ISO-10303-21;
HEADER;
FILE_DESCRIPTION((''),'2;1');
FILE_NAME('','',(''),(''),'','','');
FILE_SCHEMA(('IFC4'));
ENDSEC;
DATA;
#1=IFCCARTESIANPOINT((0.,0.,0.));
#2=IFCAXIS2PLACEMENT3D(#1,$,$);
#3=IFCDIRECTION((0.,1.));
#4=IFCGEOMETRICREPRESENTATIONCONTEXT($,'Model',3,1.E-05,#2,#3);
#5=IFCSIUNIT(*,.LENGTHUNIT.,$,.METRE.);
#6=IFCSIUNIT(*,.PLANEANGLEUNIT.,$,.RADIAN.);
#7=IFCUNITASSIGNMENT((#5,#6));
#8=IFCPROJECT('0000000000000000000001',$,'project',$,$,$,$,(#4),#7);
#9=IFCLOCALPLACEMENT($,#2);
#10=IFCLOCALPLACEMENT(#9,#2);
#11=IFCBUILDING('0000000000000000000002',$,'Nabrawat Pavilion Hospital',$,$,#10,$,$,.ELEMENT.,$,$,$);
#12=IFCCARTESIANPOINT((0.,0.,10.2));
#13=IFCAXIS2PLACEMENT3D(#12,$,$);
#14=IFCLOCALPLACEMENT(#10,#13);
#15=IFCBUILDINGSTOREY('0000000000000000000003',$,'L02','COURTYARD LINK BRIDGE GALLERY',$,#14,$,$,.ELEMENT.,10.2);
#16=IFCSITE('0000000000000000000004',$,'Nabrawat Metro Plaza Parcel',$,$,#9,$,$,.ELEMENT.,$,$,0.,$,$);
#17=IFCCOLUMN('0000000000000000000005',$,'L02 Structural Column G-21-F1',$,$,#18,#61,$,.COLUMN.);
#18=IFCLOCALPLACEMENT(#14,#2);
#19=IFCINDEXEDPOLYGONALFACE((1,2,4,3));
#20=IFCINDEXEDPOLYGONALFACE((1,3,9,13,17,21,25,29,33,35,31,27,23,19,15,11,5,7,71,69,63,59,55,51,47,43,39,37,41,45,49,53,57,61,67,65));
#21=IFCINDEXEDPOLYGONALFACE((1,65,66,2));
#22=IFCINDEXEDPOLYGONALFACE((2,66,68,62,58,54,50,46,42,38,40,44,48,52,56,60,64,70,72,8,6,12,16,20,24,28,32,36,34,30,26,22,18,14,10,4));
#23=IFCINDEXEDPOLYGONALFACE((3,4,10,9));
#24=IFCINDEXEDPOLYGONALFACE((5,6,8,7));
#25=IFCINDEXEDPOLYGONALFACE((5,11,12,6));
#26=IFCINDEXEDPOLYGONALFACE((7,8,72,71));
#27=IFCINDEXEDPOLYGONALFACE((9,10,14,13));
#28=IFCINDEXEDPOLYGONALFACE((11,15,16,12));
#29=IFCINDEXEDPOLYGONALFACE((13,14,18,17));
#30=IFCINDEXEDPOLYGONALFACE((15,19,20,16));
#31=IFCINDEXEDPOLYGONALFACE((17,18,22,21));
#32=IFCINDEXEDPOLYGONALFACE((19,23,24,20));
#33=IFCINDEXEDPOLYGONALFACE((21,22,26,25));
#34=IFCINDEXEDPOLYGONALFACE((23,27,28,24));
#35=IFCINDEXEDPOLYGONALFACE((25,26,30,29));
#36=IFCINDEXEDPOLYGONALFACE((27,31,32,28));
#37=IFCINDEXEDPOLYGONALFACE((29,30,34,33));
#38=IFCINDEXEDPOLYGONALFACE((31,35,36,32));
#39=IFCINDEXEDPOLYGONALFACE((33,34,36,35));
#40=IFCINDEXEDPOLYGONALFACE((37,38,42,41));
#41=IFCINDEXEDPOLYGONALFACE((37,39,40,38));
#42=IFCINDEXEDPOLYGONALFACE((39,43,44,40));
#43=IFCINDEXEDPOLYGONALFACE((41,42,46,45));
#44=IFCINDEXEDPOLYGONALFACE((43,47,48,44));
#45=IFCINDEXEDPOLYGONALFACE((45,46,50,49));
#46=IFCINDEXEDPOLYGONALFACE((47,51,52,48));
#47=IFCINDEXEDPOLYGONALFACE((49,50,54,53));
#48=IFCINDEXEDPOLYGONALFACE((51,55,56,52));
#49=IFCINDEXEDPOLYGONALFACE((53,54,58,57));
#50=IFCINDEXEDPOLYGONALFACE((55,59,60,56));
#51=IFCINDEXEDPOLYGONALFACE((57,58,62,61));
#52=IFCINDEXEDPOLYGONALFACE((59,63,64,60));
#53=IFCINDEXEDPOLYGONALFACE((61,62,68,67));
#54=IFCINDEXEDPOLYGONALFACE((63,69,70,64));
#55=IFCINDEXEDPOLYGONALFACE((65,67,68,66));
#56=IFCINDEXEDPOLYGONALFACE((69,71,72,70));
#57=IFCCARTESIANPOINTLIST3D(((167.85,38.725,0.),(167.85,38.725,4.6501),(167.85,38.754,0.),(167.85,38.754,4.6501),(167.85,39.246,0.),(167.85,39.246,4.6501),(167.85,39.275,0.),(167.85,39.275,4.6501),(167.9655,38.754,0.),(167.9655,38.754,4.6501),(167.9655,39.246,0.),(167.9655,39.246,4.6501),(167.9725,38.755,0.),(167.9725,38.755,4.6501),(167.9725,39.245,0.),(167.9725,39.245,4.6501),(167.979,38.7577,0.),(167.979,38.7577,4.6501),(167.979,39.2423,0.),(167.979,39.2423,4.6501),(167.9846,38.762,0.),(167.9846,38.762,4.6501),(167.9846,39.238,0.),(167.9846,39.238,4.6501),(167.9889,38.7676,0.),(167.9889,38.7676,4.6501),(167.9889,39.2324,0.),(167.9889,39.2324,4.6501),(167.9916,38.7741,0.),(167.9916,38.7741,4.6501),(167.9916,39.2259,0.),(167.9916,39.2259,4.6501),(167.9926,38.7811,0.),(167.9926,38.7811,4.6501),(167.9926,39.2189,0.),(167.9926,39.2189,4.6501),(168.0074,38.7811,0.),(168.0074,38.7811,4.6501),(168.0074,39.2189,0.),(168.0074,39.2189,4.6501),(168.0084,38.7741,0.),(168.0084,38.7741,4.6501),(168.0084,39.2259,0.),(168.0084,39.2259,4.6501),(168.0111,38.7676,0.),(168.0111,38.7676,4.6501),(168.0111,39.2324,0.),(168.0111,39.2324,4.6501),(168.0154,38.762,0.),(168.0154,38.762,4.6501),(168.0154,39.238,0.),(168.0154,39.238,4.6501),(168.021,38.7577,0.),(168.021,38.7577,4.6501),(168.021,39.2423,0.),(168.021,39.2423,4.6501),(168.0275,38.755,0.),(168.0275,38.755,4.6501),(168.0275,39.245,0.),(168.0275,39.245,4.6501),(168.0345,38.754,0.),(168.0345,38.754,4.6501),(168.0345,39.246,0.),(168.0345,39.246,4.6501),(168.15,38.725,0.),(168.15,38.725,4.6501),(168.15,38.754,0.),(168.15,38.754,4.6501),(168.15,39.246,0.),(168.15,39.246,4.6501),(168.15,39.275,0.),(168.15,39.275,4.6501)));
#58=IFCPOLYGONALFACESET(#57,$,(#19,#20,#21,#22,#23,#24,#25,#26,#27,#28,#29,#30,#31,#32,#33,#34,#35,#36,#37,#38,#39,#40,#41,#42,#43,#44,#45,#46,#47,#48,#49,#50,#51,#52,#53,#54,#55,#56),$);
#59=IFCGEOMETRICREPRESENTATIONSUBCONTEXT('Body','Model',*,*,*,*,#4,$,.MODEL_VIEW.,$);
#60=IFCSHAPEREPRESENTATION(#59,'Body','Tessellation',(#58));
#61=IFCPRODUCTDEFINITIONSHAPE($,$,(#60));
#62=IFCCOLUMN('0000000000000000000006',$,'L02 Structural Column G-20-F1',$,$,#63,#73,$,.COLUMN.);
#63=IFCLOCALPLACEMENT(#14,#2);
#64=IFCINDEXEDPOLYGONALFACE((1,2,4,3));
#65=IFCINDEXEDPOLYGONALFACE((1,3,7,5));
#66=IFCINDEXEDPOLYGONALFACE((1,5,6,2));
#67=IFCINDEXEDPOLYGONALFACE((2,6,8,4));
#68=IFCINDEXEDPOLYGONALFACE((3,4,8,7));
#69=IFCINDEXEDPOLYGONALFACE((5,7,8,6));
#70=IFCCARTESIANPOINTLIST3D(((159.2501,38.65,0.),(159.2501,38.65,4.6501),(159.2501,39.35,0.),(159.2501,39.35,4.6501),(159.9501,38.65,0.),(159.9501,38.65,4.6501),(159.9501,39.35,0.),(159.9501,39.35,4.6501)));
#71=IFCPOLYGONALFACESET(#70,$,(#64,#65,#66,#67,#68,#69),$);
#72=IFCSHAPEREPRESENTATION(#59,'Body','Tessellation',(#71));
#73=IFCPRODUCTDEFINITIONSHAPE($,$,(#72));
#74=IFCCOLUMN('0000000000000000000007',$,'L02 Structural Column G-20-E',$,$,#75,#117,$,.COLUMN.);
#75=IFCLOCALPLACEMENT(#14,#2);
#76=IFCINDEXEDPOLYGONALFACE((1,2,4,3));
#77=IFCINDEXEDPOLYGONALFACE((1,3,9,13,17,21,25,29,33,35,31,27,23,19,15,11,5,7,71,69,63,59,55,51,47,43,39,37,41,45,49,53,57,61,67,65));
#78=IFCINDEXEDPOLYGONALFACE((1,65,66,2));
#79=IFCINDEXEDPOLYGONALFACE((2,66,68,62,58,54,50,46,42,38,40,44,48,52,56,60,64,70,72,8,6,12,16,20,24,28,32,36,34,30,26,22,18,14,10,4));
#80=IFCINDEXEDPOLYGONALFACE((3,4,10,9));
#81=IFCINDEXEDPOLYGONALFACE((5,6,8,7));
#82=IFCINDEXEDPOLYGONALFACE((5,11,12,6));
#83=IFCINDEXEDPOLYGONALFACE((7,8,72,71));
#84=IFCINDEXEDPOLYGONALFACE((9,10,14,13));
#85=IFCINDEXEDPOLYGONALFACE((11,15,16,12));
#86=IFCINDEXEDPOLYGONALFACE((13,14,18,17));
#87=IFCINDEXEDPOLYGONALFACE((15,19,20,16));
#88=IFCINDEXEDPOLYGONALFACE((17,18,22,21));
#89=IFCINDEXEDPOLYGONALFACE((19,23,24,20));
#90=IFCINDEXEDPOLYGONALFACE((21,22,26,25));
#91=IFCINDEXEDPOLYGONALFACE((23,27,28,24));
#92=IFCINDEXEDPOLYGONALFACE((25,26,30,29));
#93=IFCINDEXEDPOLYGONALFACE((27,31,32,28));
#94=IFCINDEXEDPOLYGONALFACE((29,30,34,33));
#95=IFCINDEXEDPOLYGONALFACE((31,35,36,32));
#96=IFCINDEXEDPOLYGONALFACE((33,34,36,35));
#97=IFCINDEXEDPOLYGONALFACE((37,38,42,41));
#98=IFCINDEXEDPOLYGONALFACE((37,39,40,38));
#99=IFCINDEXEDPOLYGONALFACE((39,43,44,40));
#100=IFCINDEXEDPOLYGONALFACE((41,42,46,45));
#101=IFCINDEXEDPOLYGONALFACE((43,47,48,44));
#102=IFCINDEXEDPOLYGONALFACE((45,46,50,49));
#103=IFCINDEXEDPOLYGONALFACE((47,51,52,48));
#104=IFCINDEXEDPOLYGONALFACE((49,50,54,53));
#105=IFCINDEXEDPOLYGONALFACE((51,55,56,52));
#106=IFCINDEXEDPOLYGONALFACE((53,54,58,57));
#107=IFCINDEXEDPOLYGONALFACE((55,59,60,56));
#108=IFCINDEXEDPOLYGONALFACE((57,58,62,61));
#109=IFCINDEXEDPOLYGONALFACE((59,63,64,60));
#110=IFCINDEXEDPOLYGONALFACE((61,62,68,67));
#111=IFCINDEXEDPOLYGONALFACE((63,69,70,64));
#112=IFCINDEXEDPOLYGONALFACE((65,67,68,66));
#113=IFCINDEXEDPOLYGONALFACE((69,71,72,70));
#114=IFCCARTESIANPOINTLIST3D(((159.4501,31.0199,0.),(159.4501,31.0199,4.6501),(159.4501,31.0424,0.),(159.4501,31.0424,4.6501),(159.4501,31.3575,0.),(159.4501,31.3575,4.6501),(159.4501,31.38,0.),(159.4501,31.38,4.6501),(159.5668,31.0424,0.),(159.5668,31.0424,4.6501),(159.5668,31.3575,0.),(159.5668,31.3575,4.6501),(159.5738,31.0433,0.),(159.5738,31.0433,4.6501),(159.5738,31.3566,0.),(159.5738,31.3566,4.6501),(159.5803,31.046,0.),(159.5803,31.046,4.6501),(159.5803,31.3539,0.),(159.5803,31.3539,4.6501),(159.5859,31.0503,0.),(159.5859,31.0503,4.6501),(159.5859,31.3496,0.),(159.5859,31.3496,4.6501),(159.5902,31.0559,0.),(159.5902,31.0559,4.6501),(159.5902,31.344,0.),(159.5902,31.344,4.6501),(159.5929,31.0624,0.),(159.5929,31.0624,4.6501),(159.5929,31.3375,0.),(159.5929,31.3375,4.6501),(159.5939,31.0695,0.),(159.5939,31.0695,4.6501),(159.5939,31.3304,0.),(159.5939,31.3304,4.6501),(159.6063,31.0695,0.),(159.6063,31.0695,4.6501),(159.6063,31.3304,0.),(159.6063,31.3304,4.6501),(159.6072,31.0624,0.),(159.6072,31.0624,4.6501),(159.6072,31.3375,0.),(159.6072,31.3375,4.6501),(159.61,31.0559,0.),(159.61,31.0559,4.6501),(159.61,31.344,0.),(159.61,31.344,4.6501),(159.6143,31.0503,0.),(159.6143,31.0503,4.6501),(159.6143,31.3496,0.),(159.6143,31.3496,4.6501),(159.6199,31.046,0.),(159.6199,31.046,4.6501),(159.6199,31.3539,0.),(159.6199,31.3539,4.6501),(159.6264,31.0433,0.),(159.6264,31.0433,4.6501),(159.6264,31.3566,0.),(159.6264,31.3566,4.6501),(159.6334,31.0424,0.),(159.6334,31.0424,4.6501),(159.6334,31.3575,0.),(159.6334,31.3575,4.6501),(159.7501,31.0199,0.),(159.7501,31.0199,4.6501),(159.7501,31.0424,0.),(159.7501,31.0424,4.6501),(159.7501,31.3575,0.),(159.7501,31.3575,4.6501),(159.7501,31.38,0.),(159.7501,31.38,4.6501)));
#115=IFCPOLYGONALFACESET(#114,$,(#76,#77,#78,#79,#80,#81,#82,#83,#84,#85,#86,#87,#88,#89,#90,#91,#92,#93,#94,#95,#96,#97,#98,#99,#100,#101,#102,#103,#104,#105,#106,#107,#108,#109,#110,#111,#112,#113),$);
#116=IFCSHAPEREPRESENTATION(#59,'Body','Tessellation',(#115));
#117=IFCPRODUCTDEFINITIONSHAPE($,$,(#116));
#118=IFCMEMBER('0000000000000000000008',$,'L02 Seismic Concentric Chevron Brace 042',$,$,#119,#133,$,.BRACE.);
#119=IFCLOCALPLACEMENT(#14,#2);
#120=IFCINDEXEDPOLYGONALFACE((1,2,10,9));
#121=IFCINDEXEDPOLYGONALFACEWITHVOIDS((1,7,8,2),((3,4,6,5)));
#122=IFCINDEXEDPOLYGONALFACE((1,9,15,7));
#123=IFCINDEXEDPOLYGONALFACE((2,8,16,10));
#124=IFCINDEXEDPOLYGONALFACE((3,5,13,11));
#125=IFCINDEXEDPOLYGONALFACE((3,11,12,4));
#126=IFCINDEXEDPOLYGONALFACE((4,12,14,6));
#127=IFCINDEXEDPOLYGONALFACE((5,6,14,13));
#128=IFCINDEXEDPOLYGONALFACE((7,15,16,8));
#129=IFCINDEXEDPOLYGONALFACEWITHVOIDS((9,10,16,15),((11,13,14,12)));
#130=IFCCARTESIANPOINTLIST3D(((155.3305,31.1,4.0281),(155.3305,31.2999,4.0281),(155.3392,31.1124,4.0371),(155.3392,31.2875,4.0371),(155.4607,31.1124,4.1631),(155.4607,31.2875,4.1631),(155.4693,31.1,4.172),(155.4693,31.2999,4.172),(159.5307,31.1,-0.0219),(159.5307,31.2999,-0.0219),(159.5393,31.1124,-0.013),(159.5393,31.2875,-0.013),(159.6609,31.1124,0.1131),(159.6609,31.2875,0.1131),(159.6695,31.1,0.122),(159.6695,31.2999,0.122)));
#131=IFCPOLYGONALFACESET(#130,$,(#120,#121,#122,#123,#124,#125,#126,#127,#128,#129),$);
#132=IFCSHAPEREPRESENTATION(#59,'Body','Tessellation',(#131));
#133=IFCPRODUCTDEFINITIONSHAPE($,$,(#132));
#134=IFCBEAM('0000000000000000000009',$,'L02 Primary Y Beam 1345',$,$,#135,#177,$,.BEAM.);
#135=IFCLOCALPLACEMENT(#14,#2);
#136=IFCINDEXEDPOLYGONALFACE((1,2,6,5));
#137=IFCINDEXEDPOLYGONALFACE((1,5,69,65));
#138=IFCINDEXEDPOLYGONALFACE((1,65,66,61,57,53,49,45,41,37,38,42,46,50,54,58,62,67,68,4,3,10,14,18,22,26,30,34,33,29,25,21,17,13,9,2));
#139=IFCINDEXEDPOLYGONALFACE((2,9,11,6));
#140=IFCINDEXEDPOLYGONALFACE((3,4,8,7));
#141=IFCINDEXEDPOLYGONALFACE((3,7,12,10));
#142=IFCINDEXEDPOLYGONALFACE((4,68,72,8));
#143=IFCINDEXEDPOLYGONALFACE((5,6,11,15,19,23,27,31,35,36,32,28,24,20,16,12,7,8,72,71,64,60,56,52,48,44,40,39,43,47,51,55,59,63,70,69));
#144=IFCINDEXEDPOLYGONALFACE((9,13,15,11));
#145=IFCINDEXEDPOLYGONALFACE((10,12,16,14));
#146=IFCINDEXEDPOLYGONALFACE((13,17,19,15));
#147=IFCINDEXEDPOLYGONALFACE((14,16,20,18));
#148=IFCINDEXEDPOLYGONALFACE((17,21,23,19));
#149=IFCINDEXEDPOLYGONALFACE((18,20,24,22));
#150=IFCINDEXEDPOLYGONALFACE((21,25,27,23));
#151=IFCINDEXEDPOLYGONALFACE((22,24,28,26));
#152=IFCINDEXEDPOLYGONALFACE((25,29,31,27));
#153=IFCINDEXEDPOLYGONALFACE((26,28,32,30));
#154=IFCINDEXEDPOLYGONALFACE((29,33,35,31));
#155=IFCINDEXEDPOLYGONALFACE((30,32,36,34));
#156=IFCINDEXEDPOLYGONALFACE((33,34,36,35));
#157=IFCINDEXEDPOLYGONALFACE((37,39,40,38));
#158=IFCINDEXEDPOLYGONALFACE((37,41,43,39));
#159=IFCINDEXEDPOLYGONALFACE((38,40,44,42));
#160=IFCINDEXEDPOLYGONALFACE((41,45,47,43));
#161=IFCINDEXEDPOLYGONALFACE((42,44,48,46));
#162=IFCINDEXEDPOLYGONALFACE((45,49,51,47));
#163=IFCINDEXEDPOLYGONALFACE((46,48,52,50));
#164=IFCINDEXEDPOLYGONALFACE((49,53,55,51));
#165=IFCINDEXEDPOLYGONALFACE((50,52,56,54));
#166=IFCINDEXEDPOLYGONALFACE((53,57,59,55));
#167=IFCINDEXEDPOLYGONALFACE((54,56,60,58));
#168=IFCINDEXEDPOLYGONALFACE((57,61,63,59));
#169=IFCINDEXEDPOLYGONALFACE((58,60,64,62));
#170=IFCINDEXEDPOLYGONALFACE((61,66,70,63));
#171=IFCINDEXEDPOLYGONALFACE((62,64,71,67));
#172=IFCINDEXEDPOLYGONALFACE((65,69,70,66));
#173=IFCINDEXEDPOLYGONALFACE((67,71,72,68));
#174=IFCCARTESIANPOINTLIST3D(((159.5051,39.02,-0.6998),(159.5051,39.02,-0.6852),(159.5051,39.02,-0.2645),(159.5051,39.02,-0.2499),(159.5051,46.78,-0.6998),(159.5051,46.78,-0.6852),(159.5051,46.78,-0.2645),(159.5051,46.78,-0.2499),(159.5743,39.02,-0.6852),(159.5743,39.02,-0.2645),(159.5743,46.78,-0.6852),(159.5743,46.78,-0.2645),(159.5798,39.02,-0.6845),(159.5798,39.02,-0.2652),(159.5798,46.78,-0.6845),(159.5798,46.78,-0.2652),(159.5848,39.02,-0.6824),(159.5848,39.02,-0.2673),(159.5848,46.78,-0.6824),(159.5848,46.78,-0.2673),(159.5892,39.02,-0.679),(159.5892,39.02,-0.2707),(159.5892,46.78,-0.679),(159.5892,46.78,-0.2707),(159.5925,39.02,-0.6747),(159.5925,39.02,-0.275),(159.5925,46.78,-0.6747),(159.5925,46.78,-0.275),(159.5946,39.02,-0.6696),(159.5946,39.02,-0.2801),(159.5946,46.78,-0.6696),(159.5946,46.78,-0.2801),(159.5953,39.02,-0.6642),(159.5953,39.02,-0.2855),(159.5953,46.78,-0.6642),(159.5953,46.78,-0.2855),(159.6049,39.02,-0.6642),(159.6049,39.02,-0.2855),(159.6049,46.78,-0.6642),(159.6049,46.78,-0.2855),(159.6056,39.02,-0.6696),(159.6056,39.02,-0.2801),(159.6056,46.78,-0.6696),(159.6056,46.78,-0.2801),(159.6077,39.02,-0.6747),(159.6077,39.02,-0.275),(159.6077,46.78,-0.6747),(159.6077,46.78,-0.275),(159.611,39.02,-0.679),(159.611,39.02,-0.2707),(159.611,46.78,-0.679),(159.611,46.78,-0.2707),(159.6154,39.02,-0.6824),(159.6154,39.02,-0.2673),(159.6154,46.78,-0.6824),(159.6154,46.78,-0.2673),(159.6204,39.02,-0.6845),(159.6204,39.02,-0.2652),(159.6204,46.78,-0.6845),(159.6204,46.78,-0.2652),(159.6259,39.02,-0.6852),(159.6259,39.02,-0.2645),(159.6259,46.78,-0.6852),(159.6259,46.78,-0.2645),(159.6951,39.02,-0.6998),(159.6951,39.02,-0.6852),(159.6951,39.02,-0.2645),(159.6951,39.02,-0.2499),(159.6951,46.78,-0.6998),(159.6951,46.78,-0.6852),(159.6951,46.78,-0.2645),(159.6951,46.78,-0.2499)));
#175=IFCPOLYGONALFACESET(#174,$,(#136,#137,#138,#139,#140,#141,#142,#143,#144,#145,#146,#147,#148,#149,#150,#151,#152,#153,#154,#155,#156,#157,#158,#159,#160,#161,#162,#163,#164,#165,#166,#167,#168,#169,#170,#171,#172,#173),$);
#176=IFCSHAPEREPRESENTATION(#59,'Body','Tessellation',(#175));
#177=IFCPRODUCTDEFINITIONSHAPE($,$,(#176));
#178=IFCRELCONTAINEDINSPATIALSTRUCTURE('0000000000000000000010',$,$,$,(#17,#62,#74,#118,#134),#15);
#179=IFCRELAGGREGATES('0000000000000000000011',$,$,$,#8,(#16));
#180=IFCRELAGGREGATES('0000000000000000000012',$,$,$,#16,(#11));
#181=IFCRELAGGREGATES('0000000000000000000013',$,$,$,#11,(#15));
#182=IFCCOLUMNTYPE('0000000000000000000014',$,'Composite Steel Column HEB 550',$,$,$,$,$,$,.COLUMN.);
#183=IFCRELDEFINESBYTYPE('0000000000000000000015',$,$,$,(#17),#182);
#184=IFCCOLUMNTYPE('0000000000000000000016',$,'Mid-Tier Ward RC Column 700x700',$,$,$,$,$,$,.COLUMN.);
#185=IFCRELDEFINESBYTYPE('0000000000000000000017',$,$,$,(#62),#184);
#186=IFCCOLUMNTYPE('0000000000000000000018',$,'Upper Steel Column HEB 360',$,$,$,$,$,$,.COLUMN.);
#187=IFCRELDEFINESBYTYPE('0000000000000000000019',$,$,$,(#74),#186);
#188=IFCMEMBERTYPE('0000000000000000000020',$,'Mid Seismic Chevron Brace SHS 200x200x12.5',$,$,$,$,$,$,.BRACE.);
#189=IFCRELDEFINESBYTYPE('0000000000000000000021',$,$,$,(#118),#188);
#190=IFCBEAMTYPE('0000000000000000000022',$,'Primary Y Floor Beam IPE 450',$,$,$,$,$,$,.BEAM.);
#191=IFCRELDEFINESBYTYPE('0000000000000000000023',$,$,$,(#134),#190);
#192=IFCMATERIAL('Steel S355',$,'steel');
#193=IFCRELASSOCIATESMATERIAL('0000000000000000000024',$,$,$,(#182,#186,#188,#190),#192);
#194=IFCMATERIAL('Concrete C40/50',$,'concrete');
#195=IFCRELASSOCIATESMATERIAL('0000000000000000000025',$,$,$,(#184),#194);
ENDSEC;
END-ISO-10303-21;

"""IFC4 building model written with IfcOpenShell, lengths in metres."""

from ifc_helpers import new_model, si_unit, direction, frame, origin, origin_2d, place, context, subcontext, project, spatial, rectangle, hollow_rectangle, i_section, extrude, material, material_profile, profile_set, type_object, element, save


model = new_model("IFC4")

# Units and contexts
model_context = context("Model", 3, precision=1e-05, world=origin(), true_north=direction((0.0, 1.0)))
body_context = subcontext(model_context, "Body", "Model", "MODEL_VIEW")
ifc_project = project(units=[si_unit("LENGTHUNIT", "METRE"), si_unit("PLANEANGLEUNIT", "RADIAN")], contexts=[model_context])

# Site, building, storey
site_placement = place(None, origin())
site = spatial("IfcSite", under=ifc_project, at=site_placement, Name="Nabrawat Metro Plaza Parcel", CompositionType="ELEMENT", RefElevation=0.0)
building_placement = place(site_placement, origin())
building = spatial("IfcBuilding", under=site, at=building_placement, Name="Nabrawat Pavilion Hospital", CompositionType="ELEMENT")
storey_placement = place(building_placement, frame((0.0, 0.0, 10.2)))
storey = spatial("IfcBuildingStorey", under=building, at=storey_placement, Name="L02", Description="COURTYARD LINK BRIDGE GALLERY", CompositionType="ELEMENT", Elevation=10.2)

# Columns
ifc_material_1 = material(Name="Steel S355", Category="steel")
ifc_material_profile_1 = material_profile(ifc_material_1, i_section(OverallWidth=0.3, OverallDepth=0.55, WebThickness=0.0149, FlangeThickness=0.0291, FilletRadius=0.0271, at=origin_2d()), Name="HEB 550")
ifc_profile_set_1 = profile_set([ifc_material_profile_1], Name="Steel S355")
column_type_1 = type_object("IfcColumnType", Name="Composite Steel Column HEB 550", PredefinedType="COLUMN", material=ifc_profile_set_1)
column_1_placement = place(storey_placement, frame((168.0, 39.0, 0.0), z_axis=(0.0, 0.0, 1.0), x_axis=(1.0, 0.0, 0.0)))
element("IfcColumn", 1, at=column_1_placement, inside=storey, type_object=column_type_1, Name="L02 Structural Column G-21-F1", PredefinedType="COLUMN", context=body_context, shape_type="SweptSolid", body=[
    extrude(i_section(OverallWidth=0.3, OverallDepth=0.55, WebThickness=0.0149, FlangeThickness=0.0291, FilletRadius=0.0271, at=origin_2d()), origin(), (0.0, 0.0, 1.0), 4.6501),
])
ifc_material_2 = material(Name="Concrete C40/50", Category="concrete")
ifc_material_profile_2 = material_profile(ifc_material_2, rectangle(XDim=0.7, YDim=0.7, at=origin_2d()), Name="RC 700x700")
ifc_profile_set_2 = profile_set([ifc_material_profile_2], Name="Concrete C40/50")
column_type_2 = type_object("IfcColumnType", Name="Mid-Tier Ward RC Column 700x700", PredefinedType="COLUMN", material=ifc_profile_set_2)
column_2_placement = place(storey_placement, frame((159.6001, 39.0, 0.0), z_axis=(0.0, 0.0, 1.0), x_axis=(1.0, 0.0, 0.0)))
element("IfcColumn", 2, at=column_2_placement, inside=storey, type_object=column_type_2, Name="L02 Structural Column G-20-F1", PredefinedType="COLUMN", context=body_context, shape_type="SweptSolid", body=[
    extrude(rectangle(XDim=0.7, YDim=0.7, at=origin_2d()), origin(), (0.0, 0.0, 1.0), 4.6501),
])
ifc_material_profile_3 = material_profile(ifc_material_1, i_section(OverallWidth=0.3, OverallDepth=0.3601, WebThickness=0.0125, FlangeThickness=0.0225, FilletRadius=0.0271, at=origin_2d()), Name="HEB 360")
ifc_profile_set_3 = profile_set([ifc_material_profile_3], Name="Steel S355")
column_type_3 = type_object("IfcColumnType", Name="Upper Steel Column HEB 360", PredefinedType="COLUMN", material=ifc_profile_set_3)
column_3_placement = place(storey_placement, frame((159.6001, 31.2, 0.0), z_axis=(0.0, 0.0, 1.0), x_axis=(1.0, 0.0, 0.0)))
element("IfcColumn", 3, at=column_3_placement, inside=storey, type_object=column_type_3, Name="L02 Structural Column G-20-E", PredefinedType="COLUMN", context=body_context, shape_type="SweptSolid", body=[
    extrude(i_section(OverallWidth=0.3, OverallDepth=0.3601, WebThickness=0.0125, FlangeThickness=0.0225, FilletRadius=0.0271, at=origin_2d()), origin(), (0.0, 0.0, 1.0), 4.6501),
])

# Member
ifc_material_profile_4 = material_profile(ifc_material_1, hollow_rectangle(XDim=0.2, YDim=0.2, WallThickness=0.0125, at=origin_2d()), Name="SHS 200x200x12.5")
ifc_profile_set_4 = profile_set([ifc_material_profile_4], Name="Steel S355")
member_type = type_object("IfcMemberType", Name="Mid Seismic Chevron Brace SHS 200x200x12.5", PredefinedType="BRACE", material=ifc_profile_set_4)
member_placement = place(storey_placement, frame((159.6001, 31.2, 0.05), z_axis=(-0.719856, 0.0, 0.694123), x_axis=(0.0, -1.0, 0.0)))
element("IfcMember", 4, at=member_placement, inside=storey, type_object=member_type, Name="L02 Seismic Concentric Chevron Brace 042", PredefinedType="BRACE", context=body_context, shape_type="SweptSolid", body=[
    extrude(hollow_rectangle(XDim=0.2, YDim=0.2, WallThickness=0.0125, at=origin_2d()), origin(), (0.0, 0.0, 1.0), 5.8347),
])

# Beam
ifc_material_profile_5 = material_profile(ifc_material_1, i_section(OverallWidth=0.1899, OverallDepth=0.45, WebThickness=0.0095, FlangeThickness=0.0146, FilletRadius=0.021, at=origin_2d()), Name="IPE 450")
ifc_profile_set_5 = profile_set([ifc_material_profile_5], Name="Steel S355")
beam_type_1 = type_object("IfcBeamType", Name="Primary Y Floor Beam IPE 450", PredefinedType="BEAM", material=ifc_profile_set_5)
for number, where, z_axis, x_axis, name in (
    (5, (159.6001, 39.02, -0.4749), (0.0, 1.0, 0.0), (-1.0, 0.0, 0.0), "L02 Primary Y Beam 1345"),
):
    element("IfcBeam", number, at=place(storey_placement, frame(where, z_axis=z_axis, x_axis=x_axis)), inside=storey, type_object=beam_type_1, Name=name, PredefinedType="BEAM", context=body_context, shape_type="SweptSolid", body=[
        extrude(i_section(OverallWidth=0.1899, OverallDepth=0.45, WebThickness=0.0095, FlangeThickness=0.0146, FilletRadius=0.021, at=origin_2d()), origin(), (0.0, 0.0, 1.0), 7.76),
    ])

save(model, "model.ifc")
